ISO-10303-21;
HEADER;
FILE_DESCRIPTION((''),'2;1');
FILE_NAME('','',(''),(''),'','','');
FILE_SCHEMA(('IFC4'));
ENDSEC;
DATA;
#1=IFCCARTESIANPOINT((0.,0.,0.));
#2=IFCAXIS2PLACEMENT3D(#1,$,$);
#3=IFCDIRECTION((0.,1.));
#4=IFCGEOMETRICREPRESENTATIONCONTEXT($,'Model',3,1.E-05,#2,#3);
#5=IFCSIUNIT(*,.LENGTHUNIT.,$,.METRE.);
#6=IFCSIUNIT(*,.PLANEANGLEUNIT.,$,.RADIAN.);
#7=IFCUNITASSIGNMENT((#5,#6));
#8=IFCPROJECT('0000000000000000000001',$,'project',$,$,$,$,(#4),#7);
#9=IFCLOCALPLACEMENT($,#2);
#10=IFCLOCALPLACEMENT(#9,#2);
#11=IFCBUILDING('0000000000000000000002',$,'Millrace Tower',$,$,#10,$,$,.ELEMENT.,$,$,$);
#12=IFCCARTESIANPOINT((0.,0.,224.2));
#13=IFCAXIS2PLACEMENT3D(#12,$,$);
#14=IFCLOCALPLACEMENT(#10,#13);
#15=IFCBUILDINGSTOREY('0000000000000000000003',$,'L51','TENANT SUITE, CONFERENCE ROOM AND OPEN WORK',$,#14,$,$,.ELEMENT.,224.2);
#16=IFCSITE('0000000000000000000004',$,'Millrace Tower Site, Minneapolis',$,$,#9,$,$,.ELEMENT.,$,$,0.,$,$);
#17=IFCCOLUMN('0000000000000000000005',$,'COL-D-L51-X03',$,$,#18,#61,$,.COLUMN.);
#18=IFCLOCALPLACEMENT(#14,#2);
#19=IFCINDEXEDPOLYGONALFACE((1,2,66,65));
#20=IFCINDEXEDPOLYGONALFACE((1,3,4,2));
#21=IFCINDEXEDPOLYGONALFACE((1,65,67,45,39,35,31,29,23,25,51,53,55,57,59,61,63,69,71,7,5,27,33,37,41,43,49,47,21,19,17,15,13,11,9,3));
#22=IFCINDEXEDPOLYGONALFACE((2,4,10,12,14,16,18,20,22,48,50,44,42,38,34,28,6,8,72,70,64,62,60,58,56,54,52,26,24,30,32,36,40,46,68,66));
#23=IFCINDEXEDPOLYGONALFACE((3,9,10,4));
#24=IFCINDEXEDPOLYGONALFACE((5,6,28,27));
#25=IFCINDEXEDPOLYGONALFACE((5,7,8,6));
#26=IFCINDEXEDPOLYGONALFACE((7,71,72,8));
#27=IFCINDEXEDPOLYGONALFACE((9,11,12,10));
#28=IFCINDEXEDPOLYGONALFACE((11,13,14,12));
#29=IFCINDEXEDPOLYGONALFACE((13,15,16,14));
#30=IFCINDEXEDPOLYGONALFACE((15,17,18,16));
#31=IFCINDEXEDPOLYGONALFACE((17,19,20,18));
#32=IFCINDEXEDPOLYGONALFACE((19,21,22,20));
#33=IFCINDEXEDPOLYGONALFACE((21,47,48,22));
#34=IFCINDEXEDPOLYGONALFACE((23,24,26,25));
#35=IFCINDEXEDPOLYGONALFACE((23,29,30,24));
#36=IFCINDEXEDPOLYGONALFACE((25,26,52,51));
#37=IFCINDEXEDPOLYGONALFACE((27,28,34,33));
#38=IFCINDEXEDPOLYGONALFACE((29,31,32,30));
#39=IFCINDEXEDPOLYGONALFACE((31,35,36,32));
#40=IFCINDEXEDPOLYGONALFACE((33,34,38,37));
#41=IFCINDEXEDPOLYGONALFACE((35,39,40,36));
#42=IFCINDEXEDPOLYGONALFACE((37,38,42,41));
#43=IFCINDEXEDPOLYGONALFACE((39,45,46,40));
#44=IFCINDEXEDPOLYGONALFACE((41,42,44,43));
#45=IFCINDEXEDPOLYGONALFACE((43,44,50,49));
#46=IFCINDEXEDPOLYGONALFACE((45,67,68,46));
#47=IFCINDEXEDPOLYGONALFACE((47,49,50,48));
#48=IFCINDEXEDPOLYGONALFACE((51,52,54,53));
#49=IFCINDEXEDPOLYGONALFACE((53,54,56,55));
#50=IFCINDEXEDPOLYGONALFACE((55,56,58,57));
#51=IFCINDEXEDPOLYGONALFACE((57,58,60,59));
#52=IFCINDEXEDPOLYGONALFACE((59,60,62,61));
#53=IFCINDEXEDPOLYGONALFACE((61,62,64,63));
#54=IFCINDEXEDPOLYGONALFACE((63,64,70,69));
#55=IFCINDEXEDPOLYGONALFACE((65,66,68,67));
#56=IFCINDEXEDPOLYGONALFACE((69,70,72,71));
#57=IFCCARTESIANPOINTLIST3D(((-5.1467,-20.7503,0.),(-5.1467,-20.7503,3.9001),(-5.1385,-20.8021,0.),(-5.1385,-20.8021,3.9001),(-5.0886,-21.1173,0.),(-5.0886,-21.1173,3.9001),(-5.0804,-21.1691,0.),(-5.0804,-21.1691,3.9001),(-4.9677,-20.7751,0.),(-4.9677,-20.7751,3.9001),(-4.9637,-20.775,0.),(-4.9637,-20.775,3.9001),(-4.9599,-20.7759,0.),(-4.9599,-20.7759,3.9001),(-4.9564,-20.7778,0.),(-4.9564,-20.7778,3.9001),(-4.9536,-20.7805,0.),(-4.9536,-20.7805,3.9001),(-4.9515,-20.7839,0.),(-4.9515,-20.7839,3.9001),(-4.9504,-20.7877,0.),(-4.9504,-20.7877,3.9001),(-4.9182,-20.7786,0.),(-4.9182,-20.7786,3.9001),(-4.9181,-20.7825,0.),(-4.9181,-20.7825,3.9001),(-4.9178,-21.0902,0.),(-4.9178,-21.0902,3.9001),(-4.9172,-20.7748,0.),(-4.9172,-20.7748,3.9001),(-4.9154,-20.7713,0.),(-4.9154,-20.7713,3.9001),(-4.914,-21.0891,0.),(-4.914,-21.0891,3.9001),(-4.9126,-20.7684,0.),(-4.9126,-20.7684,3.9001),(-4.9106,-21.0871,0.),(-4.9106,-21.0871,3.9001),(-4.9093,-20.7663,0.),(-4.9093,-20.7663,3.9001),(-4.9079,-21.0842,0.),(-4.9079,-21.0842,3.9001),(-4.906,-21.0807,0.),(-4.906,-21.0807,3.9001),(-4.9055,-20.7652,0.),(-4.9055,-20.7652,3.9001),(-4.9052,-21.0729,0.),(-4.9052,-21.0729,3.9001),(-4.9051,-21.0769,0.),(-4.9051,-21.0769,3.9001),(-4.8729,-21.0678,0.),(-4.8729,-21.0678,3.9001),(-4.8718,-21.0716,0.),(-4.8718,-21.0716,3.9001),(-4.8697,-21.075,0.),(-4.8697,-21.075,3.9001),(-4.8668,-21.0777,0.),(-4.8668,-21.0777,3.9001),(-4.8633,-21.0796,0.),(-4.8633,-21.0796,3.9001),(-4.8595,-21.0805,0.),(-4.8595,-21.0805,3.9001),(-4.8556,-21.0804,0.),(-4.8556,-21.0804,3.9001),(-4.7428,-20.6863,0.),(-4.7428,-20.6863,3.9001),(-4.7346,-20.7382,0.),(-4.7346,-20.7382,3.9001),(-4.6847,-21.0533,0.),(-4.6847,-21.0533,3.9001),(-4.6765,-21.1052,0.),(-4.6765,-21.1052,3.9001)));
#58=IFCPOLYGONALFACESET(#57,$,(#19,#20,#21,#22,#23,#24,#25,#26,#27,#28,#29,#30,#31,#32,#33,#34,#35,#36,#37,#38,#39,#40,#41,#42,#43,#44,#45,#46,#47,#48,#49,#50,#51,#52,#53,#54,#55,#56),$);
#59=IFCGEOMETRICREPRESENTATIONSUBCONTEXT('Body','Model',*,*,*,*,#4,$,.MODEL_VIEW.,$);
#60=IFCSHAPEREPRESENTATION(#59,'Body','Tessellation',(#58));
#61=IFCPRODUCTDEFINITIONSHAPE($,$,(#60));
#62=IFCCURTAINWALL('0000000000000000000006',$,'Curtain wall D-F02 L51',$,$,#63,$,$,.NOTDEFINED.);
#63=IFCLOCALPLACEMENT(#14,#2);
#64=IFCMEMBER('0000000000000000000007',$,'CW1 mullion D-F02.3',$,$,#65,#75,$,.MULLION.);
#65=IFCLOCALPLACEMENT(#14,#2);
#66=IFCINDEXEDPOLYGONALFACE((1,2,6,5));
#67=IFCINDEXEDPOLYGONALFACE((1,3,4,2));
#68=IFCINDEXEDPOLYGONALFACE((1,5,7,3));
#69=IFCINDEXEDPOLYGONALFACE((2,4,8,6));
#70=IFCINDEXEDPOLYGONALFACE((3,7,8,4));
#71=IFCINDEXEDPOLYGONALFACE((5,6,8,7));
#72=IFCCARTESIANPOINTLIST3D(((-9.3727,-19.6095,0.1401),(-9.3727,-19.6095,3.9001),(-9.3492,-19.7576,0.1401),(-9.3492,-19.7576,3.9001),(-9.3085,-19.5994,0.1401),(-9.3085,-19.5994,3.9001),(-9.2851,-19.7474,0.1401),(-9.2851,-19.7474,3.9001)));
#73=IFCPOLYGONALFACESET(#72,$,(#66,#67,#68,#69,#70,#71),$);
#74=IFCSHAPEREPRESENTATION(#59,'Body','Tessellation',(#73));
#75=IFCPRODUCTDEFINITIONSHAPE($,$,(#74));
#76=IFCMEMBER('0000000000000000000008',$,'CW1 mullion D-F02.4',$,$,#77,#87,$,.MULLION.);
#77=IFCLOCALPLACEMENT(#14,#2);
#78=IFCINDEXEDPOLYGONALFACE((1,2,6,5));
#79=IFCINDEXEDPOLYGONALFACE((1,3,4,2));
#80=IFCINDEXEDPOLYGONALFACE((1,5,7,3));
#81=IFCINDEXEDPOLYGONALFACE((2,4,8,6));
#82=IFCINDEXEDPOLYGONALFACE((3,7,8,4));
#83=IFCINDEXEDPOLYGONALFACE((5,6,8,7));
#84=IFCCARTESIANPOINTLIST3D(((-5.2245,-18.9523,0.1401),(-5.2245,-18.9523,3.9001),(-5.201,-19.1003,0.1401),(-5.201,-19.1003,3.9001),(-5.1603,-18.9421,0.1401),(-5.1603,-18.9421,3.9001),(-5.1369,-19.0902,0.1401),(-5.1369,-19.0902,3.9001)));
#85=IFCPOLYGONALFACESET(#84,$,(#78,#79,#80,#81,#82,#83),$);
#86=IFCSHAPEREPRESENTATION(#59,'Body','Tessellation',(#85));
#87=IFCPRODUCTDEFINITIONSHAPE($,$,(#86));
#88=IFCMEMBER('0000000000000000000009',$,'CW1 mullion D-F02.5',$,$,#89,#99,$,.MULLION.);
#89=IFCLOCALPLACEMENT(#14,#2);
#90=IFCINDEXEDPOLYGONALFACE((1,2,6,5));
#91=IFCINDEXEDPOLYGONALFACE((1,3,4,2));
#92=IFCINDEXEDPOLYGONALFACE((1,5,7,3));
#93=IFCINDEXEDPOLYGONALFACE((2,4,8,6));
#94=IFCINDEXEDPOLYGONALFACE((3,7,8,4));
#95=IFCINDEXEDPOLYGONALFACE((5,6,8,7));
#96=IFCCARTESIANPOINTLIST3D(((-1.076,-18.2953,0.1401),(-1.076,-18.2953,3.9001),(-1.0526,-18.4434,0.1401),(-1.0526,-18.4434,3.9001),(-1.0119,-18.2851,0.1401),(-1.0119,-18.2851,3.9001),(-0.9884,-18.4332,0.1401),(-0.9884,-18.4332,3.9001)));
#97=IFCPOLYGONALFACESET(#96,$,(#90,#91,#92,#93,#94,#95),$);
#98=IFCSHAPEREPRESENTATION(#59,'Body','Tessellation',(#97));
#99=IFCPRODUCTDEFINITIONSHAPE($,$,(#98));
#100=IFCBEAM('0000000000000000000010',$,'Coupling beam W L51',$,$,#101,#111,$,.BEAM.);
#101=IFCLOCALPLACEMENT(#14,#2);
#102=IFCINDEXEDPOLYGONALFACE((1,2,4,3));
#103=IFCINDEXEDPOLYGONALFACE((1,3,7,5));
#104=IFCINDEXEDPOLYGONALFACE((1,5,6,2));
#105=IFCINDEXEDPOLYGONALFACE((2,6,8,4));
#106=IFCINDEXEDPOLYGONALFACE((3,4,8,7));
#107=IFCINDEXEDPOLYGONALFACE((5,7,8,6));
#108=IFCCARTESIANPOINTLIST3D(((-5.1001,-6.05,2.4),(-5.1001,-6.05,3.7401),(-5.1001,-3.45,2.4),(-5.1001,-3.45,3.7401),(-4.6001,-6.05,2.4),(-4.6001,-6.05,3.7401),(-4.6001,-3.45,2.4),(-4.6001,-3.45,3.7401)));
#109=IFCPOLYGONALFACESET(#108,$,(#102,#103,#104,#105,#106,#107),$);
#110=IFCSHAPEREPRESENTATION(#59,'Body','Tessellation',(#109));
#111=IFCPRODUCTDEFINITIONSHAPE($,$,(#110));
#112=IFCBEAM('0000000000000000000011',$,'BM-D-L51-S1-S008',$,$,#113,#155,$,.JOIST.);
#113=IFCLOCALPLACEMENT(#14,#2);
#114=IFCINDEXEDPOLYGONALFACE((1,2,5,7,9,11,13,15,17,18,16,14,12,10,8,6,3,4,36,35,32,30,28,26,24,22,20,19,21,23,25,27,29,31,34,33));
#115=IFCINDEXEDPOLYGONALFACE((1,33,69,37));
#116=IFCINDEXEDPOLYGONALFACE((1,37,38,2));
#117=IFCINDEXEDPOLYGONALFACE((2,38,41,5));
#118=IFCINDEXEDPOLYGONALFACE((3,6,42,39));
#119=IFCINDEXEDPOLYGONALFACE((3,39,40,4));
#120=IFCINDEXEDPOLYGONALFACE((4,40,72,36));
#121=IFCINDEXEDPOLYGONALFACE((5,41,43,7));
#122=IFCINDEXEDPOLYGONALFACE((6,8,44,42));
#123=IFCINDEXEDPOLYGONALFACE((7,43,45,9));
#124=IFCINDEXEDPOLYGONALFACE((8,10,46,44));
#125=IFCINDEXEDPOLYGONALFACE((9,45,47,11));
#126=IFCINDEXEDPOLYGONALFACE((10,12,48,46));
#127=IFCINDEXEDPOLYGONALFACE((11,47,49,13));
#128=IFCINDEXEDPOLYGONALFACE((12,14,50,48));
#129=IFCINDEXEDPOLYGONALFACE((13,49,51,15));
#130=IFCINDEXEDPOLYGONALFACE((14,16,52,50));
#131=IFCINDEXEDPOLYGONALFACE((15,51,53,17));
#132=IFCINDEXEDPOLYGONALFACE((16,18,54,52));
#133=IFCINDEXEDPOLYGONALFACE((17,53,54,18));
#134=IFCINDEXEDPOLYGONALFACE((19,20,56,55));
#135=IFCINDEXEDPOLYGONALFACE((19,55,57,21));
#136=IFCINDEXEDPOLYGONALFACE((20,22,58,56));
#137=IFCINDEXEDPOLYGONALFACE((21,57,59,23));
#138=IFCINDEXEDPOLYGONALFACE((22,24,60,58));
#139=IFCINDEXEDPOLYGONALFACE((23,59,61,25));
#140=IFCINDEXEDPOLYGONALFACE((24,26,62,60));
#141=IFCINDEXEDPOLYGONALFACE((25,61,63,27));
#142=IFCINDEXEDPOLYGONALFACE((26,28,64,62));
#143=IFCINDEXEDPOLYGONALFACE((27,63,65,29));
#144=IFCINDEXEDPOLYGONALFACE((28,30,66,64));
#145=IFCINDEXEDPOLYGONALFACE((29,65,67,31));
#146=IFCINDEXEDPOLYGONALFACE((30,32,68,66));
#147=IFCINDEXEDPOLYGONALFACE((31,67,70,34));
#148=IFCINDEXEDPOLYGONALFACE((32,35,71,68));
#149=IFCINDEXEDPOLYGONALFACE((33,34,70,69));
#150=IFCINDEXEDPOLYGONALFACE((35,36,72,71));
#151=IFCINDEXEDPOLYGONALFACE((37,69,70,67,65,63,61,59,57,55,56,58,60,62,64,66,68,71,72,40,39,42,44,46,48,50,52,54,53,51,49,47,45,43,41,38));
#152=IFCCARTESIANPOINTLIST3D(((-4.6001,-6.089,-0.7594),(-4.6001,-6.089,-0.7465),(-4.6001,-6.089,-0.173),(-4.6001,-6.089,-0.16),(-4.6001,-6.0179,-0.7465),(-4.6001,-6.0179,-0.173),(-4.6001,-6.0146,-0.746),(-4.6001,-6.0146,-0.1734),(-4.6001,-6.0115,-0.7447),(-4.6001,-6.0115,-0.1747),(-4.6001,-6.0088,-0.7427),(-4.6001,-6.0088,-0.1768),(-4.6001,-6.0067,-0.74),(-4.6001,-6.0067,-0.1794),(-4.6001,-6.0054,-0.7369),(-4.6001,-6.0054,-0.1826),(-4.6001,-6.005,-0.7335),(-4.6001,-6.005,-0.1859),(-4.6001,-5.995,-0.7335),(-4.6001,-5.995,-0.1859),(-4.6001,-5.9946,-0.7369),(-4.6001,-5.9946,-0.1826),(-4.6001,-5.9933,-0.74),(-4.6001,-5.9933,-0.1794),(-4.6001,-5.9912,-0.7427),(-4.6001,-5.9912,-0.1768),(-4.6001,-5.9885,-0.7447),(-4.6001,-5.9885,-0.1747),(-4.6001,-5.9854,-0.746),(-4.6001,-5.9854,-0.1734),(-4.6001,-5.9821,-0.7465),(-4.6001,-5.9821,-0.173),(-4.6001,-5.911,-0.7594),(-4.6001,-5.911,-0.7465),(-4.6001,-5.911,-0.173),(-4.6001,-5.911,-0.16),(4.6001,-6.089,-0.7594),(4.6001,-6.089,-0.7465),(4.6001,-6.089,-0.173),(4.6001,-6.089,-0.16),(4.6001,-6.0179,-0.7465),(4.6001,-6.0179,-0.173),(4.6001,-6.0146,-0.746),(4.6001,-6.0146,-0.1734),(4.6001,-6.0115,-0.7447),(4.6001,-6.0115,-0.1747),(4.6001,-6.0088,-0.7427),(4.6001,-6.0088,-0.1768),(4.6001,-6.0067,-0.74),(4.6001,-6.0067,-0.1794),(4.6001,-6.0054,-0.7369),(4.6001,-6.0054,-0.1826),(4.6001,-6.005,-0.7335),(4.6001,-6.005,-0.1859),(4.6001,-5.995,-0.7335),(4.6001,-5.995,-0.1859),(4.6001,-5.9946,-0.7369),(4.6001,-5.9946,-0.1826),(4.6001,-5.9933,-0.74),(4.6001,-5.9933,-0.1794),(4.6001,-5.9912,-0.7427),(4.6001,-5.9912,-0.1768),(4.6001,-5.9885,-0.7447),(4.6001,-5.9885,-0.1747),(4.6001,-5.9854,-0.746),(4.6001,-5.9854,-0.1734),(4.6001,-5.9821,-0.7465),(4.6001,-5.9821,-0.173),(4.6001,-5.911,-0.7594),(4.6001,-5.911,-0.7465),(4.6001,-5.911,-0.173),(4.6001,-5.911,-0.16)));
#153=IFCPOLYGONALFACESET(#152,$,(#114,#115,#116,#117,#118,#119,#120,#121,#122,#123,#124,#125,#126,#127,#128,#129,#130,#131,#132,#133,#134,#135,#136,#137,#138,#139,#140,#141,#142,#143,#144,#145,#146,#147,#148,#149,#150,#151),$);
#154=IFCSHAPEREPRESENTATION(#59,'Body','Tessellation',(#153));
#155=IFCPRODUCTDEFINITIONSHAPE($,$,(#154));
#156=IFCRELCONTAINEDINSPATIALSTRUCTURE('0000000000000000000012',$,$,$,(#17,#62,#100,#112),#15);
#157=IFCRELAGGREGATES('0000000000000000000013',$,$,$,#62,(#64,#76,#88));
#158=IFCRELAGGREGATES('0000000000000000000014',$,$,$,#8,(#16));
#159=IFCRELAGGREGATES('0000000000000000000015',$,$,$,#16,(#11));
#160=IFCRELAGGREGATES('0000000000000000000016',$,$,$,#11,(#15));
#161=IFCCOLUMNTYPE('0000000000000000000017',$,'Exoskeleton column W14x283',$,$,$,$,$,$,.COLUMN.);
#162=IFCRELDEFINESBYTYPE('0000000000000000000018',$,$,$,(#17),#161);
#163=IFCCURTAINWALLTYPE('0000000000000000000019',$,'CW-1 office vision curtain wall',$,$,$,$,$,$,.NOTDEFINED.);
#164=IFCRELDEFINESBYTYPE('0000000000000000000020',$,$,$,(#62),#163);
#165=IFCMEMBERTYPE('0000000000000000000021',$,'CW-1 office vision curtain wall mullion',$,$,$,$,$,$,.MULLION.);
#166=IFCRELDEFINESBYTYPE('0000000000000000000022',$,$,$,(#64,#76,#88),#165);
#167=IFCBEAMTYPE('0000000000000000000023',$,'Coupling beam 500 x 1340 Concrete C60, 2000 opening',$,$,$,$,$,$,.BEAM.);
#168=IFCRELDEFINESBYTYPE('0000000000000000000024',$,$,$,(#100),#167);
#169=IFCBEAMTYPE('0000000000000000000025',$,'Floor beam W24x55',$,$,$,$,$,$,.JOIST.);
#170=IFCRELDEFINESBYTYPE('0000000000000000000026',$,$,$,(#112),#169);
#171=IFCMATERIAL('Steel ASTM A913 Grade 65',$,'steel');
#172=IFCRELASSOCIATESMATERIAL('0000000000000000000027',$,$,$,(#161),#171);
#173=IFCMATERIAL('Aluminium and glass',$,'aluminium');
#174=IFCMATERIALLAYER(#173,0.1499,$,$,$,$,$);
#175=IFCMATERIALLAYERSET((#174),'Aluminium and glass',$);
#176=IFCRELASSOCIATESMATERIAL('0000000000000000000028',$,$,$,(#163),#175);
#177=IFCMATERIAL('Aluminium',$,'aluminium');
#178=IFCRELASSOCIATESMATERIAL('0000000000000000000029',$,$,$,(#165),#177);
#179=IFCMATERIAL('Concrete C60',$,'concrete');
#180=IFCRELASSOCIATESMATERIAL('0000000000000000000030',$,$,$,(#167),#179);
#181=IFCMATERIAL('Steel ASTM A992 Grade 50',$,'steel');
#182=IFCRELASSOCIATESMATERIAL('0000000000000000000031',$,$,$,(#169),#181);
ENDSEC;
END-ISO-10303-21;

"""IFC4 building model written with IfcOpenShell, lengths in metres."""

from ifc_helpers import new_model, si_unit, direction, frame, origin, origin_2d, place, context, subcontext, project, spatial, rectangle, i_section, extrude, material, layer, layer_set, material_profile, profile_set, type_object, element, aggregate, save


model = new_model("IFC4")

# Units and contexts
model_context = context("Model", 3, precision=1e-05, world=origin(), true_north=direction((0.0, 1.0)))
body_context = subcontext(model_context, "Body", "Model", "MODEL_VIEW")
ifc_project = project(units=[si_unit("LENGTHUNIT", "METRE"), si_unit("PLANEANGLEUNIT", "RADIAN")], contexts=[model_context])

# Site, building, storey
site_placement = place(None, origin())
site = spatial("IfcSite", under=ifc_project, at=site_placement, Name="Millrace Tower Site, Minneapolis", CompositionType="ELEMENT", RefElevation=0.0)
building_placement = place(site_placement, origin())
building = spatial("IfcBuilding", under=site, at=building_placement, Name="Millrace Tower", CompositionType="ELEMENT")
storey_placement = place(building_placement, frame((0.0, 0.0, 224.2)))
storey = spatial("IfcBuildingStorey", under=building, at=storey_placement, Name="L51", Description="TENANT SUITE, CONFERENCE ROOM AND OPEN WORK", CompositionType="ELEMENT", Elevation=224.2)

# Column
ifc_material_1 = material(Name="Steel ASTM A913 Grade 65", Category="steel")
ifc_material_profile_1 = material_profile(ifc_material_1, i_section(OverallWidth=0.4089, OverallDepth=0.4241, WebThickness=0.0327, FlangeThickness=0.0525, FilletRadius=0.0151, at=origin_2d()))
ifc_profile_set_1 = profile_set([ifc_material_profile_1], Name="Steel ASTM A913 Grade 65")
column_type = type_object("IfcColumnType", Name="Exoskeleton column W14x283", PredefinedType="COLUMN", material=ifc_profile_set_1)
column_placement = place(storey_placement, frame((-4.9116, -20.9277, 0.0), z_axis=(0.0, 0.0, 1.0), x_axis=(0.987688, 0.156434, 0.0)))
element("IfcColumn", 1, at=column_placement, inside=storey, type_object=column_type, Name="COL-D-L51-X03", PredefinedType="COLUMN", context=body_context, shape_type="SweptSolid", body=[
    extrude(i_section(OverallWidth=0.4089, OverallDepth=0.4241, WebThickness=0.0327, FlangeThickness=0.0525, FilletRadius=0.0151, at=origin_2d()), origin(), (0.0, 0.0, 1.0), 3.9001),
])

# Curtain wall, members
ifc_material_2 = material(Name="Aluminium and glass", Category="aluminium")
ifc_layer_1 = layer(ifc_material_2, 0.1499)
ifc_layer_set_1 = layer_set([ifc_layer_1], Name="Aluminium and glass")
curtain_wall_type = type_object("IfcCurtainWallType", Name="CW-1 office vision curtain wall", PredefinedType="NOTDEFINED", material=ifc_layer_set_1)
curtain_wall_placement = place(storey_placement, origin())
curtain_wall = element("IfcCurtainWall", 2, at=curtain_wall_placement, inside=storey, type_object=curtain_wall_type, Name="Curtain wall D-F02 L51", PredefinedType="NOTDEFINED")
ifc_material_3 = material(Name="Aluminium", Category="aluminium")
ifc_material_profile_2 = material_profile(ifc_material_3, rectangle(XDim=0.0649, YDim=0.1499, at=origin_2d()))
ifc_profile_set_2 = profile_set([ifc_material_profile_2], Name="Aluminium")
member_type = type_object("IfcMemberType", Name="CW-1 office vision curtain wall mullion", PredefinedType="MULLION", material=ifc_profile_set_2)
member_1_placement = place(storey_placement, frame((-9.3289, -19.6785, 0.1401), z_axis=(0.0, 0.0, 1.0), x_axis=(0.987688, 0.156434, 0.0)))
member_1 = element("IfcMember", 3, at=member_1_placement, type_object=member_type, Name="CW1 mullion D-F02.3", PredefinedType="MULLION", context=body_context, shape_type="SweptSolid", body=[
    extrude(rectangle(XDim=0.0649, YDim=0.1499, at=origin_2d()), origin(), (0.0, 0.0, 1.0), 3.76),
])
member_2_placement = place(storey_placement, frame((-5.1807, -19.0212, 0.1401), z_axis=(0.0, 0.0, 1.0), x_axis=(0.987688, 0.156434, 0.0)))
member_2 = element("IfcMember", 4, at=member_2_placement, type_object=member_type, Name="CW1 mullion D-F02.4", PredefinedType="MULLION", context=body_context, shape_type="SweptSolid", body=[
    extrude(rectangle(XDim=0.0649, YDim=0.1499, at=origin_2d()), origin(), (0.0, 0.0, 1.0), 3.76),
])
member_3_placement = place(storey_placement, frame((-1.0322, -18.3643, 0.1401), z_axis=(0.0, 0.0, 1.0), x_axis=(0.987688, 0.156434, 0.0)))
member_3 = element("IfcMember", 5, at=member_3_placement, type_object=member_type, Name="CW1 mullion D-F02.5", PredefinedType="MULLION", context=body_context, shape_type="SweptSolid", body=[
    extrude(rectangle(XDim=0.0649, YDim=0.1499, at=origin_2d()), origin(), (0.0, 0.0, 1.0), 3.76),
])
aggregate(curtain_wall, [member_1, member_2, member_3])

# Beams
ifc_material_4 = material(Name="Concrete C60", Category="concrete")
ifc_material_profile_3 = material_profile(ifc_material_4, rectangle(XDim=0.5, YDim=1.3401, at=origin_2d()))
ifc_profile_set_3 = profile_set([ifc_material_profile_3], Name="Concrete C60")
beam_type_1 = type_object("IfcBeamType", Name="Coupling beam 500 x 1340 Concrete C60, 2000 opening", PredefinedType="BEAM", material=ifc_profile_set_3)
beam_1_placement = place(storey_placement, frame((-4.8501, -6.05, 3.0701), z_axis=(0.0, 1.0, 0.0), x_axis=(-1.0, 0.0, 0.0)))
element("IfcBeam", 6, at=beam_1_placement, inside=storey, type_object=beam_type_1, Name="Coupling beam W L51", PredefinedType="BEAM", context=body_context, shape_type="SweptSolid", body=[
    extrude(rectangle(XDim=0.5, YDim=1.3401, at=origin_2d()), origin(), (0.0, 0.0, 1.0), 2.6001),
])
ifc_material_5 = material(Name="Steel ASTM A992 Grade 50", Category="steel")
ifc_material_profile_4 = material_profile(ifc_material_5, i_section(OverallWidth=0.178, OverallDepth=0.5994, WebThickness=0.01, FlangeThickness=0.0129, FilletRadius=0.0129, at=origin_2d()))
ifc_profile_set_4 = profile_set([ifc_material_profile_4], Name="Steel ASTM A992 Grade 50")
beam_type_2 = type_object("IfcBeamType", Name="Floor beam W24x55", PredefinedType="JOIST", material=ifc_profile_set_4)
beam_2_placement = place(storey_placement, frame((-4.6001, -6.0, -0.4597), z_axis=(1.0, 0.0, 0.0), x_axis=(0.0, 1.0, 0.0)))
element("IfcBeam", 7, at=beam_2_placement, inside=storey, type_object=beam_type_2, Name="BM-D-L51-S1-S008", PredefinedType="JOIST", context=body_context, shape_type="SweptSolid", body=[
    extrude(i_section(OverallWidth=0.178, OverallDepth=0.5994, WebThickness=0.01, FlangeThickness=0.0129, FilletRadius=0.0129, at=origin_2d()), origin(), (0.0, 0.0, 1.0), 9.2002),
])

save(model, "model.ifc")
